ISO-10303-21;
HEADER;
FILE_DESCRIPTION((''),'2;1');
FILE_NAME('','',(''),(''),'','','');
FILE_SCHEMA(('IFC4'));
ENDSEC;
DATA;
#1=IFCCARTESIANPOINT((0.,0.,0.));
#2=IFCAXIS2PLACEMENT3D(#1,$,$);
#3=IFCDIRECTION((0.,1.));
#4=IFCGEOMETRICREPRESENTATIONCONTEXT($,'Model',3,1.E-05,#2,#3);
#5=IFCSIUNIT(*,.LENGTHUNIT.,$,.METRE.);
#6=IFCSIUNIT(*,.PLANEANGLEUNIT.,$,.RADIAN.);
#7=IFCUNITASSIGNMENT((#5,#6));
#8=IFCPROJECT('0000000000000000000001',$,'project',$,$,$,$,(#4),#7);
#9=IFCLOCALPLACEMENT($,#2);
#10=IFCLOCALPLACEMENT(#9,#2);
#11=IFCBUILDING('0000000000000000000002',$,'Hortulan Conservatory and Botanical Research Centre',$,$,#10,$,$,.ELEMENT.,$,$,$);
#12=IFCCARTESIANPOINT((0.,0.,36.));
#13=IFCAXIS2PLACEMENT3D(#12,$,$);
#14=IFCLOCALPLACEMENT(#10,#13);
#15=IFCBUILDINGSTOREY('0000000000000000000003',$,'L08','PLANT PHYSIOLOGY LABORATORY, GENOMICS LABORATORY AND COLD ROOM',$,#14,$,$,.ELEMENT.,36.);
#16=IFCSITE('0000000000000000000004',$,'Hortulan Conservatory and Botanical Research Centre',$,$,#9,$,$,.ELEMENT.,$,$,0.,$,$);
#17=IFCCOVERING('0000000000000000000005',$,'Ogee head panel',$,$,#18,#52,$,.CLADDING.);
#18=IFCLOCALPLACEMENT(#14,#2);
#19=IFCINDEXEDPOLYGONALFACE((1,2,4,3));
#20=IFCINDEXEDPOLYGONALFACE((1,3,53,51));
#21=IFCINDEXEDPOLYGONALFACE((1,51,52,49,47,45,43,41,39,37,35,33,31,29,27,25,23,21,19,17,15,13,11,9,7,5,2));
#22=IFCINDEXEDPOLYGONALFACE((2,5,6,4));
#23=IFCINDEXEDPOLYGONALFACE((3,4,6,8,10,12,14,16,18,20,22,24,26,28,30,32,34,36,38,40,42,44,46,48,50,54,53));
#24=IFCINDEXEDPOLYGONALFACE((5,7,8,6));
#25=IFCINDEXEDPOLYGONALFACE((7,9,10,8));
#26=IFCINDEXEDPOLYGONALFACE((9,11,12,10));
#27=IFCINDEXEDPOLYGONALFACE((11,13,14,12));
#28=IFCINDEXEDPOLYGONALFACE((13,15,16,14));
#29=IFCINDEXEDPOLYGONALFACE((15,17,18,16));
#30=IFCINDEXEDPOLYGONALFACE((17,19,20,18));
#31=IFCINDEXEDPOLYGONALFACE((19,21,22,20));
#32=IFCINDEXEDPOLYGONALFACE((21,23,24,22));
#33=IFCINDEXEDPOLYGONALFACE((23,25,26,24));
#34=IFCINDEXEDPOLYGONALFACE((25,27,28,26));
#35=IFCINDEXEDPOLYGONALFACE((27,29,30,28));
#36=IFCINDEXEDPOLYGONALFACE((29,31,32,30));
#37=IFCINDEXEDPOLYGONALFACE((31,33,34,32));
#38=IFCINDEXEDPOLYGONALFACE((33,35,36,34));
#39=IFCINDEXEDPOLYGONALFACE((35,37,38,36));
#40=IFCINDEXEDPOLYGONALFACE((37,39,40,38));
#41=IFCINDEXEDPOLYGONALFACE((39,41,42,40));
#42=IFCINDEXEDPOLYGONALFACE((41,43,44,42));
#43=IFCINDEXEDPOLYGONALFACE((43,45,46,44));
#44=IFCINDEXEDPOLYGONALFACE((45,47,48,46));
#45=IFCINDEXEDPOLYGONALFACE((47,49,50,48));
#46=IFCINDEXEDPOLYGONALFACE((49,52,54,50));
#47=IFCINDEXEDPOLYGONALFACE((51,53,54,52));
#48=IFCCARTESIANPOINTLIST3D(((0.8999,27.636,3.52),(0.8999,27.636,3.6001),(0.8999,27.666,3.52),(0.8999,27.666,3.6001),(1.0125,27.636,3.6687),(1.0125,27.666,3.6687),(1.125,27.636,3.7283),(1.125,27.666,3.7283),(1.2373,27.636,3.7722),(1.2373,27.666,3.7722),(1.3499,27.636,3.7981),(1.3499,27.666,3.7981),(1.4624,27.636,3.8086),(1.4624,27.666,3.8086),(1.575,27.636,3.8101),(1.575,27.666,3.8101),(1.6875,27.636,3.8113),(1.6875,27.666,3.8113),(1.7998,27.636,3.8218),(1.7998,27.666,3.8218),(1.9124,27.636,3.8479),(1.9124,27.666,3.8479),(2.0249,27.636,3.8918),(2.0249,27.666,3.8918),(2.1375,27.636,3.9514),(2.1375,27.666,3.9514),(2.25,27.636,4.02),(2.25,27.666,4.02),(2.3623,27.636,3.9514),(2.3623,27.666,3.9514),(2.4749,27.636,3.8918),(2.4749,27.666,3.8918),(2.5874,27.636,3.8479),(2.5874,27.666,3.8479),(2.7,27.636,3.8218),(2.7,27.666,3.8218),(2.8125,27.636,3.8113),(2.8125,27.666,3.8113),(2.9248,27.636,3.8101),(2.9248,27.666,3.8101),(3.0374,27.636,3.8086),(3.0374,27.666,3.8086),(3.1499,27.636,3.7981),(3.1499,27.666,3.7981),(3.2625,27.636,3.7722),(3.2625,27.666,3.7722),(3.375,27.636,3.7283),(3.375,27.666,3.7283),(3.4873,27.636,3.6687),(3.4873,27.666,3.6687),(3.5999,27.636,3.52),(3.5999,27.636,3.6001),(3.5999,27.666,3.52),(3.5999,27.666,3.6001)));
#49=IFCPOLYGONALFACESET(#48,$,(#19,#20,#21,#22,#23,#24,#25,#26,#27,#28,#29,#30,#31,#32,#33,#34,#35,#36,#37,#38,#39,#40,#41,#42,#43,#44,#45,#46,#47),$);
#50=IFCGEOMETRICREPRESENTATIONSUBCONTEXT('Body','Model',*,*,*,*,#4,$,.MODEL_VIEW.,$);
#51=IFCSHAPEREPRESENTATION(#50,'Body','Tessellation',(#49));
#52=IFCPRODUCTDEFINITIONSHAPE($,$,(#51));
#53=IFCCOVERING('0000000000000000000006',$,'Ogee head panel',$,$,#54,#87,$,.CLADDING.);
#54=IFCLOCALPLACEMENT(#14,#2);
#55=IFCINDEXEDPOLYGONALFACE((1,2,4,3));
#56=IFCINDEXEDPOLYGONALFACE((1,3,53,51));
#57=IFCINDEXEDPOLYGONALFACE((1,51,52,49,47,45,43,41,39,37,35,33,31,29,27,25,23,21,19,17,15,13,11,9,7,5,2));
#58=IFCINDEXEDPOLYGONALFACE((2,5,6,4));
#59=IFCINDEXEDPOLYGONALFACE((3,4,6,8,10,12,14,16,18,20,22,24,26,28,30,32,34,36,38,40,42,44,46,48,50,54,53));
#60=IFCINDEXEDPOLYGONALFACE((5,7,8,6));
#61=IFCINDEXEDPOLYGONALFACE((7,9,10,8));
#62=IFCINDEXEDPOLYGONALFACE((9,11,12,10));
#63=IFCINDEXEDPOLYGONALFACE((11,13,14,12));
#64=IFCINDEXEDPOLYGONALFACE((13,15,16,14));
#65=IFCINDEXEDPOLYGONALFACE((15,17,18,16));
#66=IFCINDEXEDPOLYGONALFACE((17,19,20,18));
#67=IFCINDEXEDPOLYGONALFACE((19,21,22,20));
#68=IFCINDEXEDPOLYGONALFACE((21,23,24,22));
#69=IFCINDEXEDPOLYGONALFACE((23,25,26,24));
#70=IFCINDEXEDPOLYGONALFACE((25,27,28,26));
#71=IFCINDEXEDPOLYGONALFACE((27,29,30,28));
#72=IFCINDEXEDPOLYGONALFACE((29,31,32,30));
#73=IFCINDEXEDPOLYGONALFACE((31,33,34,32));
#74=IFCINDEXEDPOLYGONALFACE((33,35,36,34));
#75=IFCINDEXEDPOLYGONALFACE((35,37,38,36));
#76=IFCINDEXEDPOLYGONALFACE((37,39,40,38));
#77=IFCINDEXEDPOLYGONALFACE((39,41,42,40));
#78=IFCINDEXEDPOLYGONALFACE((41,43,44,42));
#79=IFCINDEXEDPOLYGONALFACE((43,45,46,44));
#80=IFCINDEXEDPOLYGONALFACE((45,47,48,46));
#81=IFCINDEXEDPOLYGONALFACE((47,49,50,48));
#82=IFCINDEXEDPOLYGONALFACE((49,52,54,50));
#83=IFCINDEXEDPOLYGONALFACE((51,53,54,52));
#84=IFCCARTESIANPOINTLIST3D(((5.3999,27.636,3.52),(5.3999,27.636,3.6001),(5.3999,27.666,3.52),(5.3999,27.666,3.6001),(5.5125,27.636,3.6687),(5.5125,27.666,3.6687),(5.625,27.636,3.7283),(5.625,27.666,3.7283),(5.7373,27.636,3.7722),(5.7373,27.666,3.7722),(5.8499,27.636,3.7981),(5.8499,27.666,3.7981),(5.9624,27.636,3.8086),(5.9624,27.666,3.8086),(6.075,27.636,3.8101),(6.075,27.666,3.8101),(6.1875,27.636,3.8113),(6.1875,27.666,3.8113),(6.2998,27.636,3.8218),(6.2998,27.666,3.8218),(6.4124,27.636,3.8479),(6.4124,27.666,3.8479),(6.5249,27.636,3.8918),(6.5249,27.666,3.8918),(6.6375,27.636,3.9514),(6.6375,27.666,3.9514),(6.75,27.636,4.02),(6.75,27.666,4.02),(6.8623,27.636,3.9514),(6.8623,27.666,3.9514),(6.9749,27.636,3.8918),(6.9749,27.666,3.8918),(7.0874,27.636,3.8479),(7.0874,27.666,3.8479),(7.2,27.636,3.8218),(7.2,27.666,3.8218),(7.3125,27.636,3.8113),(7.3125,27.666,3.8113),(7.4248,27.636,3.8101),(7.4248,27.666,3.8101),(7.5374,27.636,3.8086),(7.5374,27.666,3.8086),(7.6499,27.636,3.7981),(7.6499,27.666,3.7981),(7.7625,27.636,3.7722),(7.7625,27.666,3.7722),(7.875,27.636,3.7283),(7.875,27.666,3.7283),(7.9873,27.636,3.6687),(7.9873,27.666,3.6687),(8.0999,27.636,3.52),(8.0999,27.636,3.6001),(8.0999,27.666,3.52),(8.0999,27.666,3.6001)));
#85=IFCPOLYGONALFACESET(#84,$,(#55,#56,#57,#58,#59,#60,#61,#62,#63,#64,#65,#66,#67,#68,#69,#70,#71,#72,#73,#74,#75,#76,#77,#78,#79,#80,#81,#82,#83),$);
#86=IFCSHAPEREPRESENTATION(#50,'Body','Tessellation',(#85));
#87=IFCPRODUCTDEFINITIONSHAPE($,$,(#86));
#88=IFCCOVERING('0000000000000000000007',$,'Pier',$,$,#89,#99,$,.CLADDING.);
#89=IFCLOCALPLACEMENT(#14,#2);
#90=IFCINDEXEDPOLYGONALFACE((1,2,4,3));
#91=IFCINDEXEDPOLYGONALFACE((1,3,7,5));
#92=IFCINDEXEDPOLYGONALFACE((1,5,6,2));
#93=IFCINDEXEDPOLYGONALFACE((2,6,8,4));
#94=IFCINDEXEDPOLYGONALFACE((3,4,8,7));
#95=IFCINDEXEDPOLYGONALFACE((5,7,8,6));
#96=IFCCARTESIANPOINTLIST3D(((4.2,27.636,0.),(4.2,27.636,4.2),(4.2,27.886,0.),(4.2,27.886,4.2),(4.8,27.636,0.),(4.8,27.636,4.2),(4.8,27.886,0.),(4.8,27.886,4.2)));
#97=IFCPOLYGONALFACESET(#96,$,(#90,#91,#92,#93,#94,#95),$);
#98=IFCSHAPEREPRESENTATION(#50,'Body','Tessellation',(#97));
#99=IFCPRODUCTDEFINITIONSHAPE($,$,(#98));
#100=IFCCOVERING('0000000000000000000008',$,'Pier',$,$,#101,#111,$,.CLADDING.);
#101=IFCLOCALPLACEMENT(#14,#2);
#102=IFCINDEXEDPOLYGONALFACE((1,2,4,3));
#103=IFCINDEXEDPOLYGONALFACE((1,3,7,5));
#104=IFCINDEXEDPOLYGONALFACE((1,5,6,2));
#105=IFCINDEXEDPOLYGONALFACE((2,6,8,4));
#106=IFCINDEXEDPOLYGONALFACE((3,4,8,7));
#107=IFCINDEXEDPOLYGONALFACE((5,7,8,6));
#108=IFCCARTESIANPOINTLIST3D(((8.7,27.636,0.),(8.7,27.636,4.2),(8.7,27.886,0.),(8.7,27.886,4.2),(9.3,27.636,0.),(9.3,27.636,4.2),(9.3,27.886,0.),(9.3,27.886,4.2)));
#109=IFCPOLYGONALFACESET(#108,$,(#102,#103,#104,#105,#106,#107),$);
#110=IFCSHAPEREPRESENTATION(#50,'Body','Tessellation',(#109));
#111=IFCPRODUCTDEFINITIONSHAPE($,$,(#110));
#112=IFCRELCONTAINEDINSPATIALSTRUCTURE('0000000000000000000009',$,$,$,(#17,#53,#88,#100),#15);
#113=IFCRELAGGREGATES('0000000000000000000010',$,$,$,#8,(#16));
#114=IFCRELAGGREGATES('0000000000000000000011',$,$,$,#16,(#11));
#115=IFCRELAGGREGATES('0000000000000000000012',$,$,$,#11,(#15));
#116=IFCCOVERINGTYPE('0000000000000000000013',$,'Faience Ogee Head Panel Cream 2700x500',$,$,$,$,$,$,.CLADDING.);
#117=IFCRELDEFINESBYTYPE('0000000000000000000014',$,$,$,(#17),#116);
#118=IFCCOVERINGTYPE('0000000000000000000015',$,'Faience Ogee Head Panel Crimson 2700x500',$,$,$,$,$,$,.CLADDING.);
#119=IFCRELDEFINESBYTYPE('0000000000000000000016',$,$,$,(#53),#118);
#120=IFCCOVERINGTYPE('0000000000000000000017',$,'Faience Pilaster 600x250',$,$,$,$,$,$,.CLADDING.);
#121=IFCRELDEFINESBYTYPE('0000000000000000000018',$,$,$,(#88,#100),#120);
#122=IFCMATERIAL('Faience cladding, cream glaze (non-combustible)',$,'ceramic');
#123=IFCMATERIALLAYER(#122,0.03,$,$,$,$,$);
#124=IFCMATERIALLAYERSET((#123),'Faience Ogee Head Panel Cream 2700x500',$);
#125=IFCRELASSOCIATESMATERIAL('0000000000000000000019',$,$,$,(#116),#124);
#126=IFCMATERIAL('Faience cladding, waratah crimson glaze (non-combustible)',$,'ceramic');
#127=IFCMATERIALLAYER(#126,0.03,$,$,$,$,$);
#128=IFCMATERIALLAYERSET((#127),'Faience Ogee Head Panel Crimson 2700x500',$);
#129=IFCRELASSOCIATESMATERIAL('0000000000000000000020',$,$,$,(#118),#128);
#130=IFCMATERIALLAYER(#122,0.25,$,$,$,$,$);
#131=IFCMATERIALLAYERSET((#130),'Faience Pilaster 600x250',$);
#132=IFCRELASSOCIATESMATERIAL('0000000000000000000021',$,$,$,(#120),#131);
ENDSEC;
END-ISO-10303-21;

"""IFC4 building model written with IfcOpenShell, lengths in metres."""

from ifc_helpers import new_model, si_unit, direction, frame, origin, origin_2d, place, context, subcontext, project, spatial, polyline, rectangle, outline, extrude, material, layer, layer_set, type_object, element, save


model = new_model("IFC4")

# Units and contexts
model_context = context("Model", 3, precision=1e-05, world=origin(), true_north=direction((0.0, 1.0)))
body_context = subcontext(model_context, "Body", "Model", "MODEL_VIEW")
ifc_project = project(units=[si_unit("LENGTHUNIT", "METRE"), si_unit("PLANEANGLEUNIT", "RADIAN")], contexts=[model_context])

# Site, building, storey
site_placement = place(None, origin())
site = spatial("IfcSite", under=ifc_project, at=site_placement, Name="Hortulan Conservatory and Botanical Research Centre", CompositionType="ELEMENT", RefElevation=0.0)
building_placement = place(site_placement, origin())
building = spatial("IfcBuilding", under=site, at=building_placement, Name="Hortulan Conservatory and Botanical Research Centre", CompositionType="ELEMENT")
storey_placement = place(building_placement, frame((0.0, 0.0, 36.0)))
storey = spatial("IfcBuildingStorey", under=building, at=storey_placement, Name="L08", Description="PLANT PHYSIOLOGY LABORATORY, GENOMICS LABORATORY AND COLD ROOM", CompositionType="ELEMENT", Elevation=36.0)

# Coverings
ifc_material_1 = material(Name="Faience cladding, cream glaze (non-combustible)", Category="ceramic")
ifc_layer_1 = layer(ifc_material_1, 0.03)
ifc_layer_set_1 = layer_set([ifc_layer_1], Name="Faience Ogee Head Panel Cream 2700x500")
covering_type_1 = type_object("IfcCoveringType", Name="Faience Ogee Head Panel Cream 2700x500", PredefinedType="CLADDING", material=ifc_layer_set_1)
covering_1_placement = place(storey_placement, frame((0.8999, 27.6509, 3.52), z_axis=(0.0, 0.0, 1.0), x_axis=(1.0, 0.0, 0.0)))
element("IfcCovering", 1, at=covering_1_placement, inside=storey, type_object=covering_type_1, Name="Ogee head panel", PredefinedType="CLADDING", context=body_context, shape_type="SweptSolid", body=[
    extrude(outline(polyline([(0.0, 0.0), (2.7, 0.0), (2.7, 0.0801), (2.5874, 0.1487), (2.4751, 0.2083), (2.3625, 0.2522), (2.25, 0.2781), (2.1375, 0.2886), (2.0249, 0.29), (1.9126, 0.2913), (1.8, 0.3018), (1.6875, 0.3279), (1.575, 0.3718), (1.4624, 0.4314), (1.3501, 0.5), (1.2375, 0.4314), (1.125, 0.3718), (1.0125, 0.3279), (0.8999, 0.3018), (0.7876, 0.2913), (0.675, 0.29), (0.5625, 0.2886), (0.45, 0.2781), (0.3374, 0.2522), (0.2251, 0.2083), (0.1125, 0.1487), (0.0, 0.0801), (0.0, 0.0)])), frame((0.0, 0.0151, 0.0), z_axis=(0.0, -1.0, 0.0), x_axis=(1.0, 0.0, 0.0)), (0.0, 0.0, 1.0), 0.03),
])
ifc_material_2 = material(Name="Faience cladding, waratah crimson glaze (non-combustible)", Category="ceramic")
ifc_layer_2 = layer(ifc_material_2, 0.03)
ifc_layer_set_2 = layer_set([ifc_layer_2], Name="Faience Ogee Head Panel Crimson 2700x500")
covering_type_2 = type_object("IfcCoveringType", Name="Faience Ogee Head Panel Crimson 2700x500", PredefinedType="CLADDING", material=ifc_layer_set_2)
covering_2_placement = place(storey_placement, frame((5.3999, 27.6509, 3.52), z_axis=(0.0, 0.0, 1.0), x_axis=(1.0, 0.0, 0.0)))
element("IfcCovering", 2, at=covering_2_placement, inside=storey, type_object=covering_type_2, Name="Ogee head panel", PredefinedType="CLADDING", context=body_context, shape_type="SweptSolid", body=[
    extrude(outline(polyline([(0.0, 0.0), (2.7, 0.0), (2.7, 0.0801), (2.5874, 0.1487), (2.4751, 0.2083), (2.3625, 0.2522), (2.25, 0.2781), (2.1375, 0.2886), (2.0249, 0.29), (1.9126, 0.2913), (1.8, 0.3018), (1.6875, 0.3279), (1.575, 0.3718), (1.4624, 0.4314), (1.3501, 0.5), (1.2375, 0.4314), (1.125, 0.3718), (1.0125, 0.3279), (0.8999, 0.3018), (0.7876, 0.2913), (0.675, 0.29), (0.5625, 0.2886), (0.45, 0.2781), (0.3374, 0.2522), (0.2251, 0.2083), (0.1125, 0.1487), (0.0, 0.0801), (0.0, 0.0)])), frame((0.0, 0.0151, 0.0), z_axis=(0.0, -1.0, 0.0), x_axis=(1.0, 0.0, 0.0)), (0.0, 0.0, 1.0), 0.03),
])
ifc_layer_3 = layer(ifc_material_1, 0.25)
ifc_layer_set_3 = layer_set([ifc_layer_3], Name="Faience Pilaster 600x250")
covering_type_3 = type_object("IfcCoveringType", Name="Faience Pilaster 600x250", PredefinedType="CLADDING", material=ifc_layer_set_3)
for number, where, z_axis, x_axis, name in (
    (3, (4.5, 27.761, 0.0), (0.0, 0.0, 1.0), (1.0, 0.0, 0.0), "Pier"),
    (4, (9.0, 27.761, 0.0), (0.0, 0.0, 1.0), (1.0, 0.0, 0.0), "Pier"),
):
    element("IfcCovering", number, at=place(storey_placement, frame(where, z_axis=z_axis, x_axis=x_axis)), inside=storey, type_object=covering_type_3, Name=name, PredefinedType="CLADDING", context=body_context, shape_type="SweptSolid", body=[
        extrude(rectangle(XDim=0.6001, YDim=0.25, at=origin_2d()), origin(), (0.0, 0.0, 1.0), 4.2),
    ])

save(model, "model.ifc")
